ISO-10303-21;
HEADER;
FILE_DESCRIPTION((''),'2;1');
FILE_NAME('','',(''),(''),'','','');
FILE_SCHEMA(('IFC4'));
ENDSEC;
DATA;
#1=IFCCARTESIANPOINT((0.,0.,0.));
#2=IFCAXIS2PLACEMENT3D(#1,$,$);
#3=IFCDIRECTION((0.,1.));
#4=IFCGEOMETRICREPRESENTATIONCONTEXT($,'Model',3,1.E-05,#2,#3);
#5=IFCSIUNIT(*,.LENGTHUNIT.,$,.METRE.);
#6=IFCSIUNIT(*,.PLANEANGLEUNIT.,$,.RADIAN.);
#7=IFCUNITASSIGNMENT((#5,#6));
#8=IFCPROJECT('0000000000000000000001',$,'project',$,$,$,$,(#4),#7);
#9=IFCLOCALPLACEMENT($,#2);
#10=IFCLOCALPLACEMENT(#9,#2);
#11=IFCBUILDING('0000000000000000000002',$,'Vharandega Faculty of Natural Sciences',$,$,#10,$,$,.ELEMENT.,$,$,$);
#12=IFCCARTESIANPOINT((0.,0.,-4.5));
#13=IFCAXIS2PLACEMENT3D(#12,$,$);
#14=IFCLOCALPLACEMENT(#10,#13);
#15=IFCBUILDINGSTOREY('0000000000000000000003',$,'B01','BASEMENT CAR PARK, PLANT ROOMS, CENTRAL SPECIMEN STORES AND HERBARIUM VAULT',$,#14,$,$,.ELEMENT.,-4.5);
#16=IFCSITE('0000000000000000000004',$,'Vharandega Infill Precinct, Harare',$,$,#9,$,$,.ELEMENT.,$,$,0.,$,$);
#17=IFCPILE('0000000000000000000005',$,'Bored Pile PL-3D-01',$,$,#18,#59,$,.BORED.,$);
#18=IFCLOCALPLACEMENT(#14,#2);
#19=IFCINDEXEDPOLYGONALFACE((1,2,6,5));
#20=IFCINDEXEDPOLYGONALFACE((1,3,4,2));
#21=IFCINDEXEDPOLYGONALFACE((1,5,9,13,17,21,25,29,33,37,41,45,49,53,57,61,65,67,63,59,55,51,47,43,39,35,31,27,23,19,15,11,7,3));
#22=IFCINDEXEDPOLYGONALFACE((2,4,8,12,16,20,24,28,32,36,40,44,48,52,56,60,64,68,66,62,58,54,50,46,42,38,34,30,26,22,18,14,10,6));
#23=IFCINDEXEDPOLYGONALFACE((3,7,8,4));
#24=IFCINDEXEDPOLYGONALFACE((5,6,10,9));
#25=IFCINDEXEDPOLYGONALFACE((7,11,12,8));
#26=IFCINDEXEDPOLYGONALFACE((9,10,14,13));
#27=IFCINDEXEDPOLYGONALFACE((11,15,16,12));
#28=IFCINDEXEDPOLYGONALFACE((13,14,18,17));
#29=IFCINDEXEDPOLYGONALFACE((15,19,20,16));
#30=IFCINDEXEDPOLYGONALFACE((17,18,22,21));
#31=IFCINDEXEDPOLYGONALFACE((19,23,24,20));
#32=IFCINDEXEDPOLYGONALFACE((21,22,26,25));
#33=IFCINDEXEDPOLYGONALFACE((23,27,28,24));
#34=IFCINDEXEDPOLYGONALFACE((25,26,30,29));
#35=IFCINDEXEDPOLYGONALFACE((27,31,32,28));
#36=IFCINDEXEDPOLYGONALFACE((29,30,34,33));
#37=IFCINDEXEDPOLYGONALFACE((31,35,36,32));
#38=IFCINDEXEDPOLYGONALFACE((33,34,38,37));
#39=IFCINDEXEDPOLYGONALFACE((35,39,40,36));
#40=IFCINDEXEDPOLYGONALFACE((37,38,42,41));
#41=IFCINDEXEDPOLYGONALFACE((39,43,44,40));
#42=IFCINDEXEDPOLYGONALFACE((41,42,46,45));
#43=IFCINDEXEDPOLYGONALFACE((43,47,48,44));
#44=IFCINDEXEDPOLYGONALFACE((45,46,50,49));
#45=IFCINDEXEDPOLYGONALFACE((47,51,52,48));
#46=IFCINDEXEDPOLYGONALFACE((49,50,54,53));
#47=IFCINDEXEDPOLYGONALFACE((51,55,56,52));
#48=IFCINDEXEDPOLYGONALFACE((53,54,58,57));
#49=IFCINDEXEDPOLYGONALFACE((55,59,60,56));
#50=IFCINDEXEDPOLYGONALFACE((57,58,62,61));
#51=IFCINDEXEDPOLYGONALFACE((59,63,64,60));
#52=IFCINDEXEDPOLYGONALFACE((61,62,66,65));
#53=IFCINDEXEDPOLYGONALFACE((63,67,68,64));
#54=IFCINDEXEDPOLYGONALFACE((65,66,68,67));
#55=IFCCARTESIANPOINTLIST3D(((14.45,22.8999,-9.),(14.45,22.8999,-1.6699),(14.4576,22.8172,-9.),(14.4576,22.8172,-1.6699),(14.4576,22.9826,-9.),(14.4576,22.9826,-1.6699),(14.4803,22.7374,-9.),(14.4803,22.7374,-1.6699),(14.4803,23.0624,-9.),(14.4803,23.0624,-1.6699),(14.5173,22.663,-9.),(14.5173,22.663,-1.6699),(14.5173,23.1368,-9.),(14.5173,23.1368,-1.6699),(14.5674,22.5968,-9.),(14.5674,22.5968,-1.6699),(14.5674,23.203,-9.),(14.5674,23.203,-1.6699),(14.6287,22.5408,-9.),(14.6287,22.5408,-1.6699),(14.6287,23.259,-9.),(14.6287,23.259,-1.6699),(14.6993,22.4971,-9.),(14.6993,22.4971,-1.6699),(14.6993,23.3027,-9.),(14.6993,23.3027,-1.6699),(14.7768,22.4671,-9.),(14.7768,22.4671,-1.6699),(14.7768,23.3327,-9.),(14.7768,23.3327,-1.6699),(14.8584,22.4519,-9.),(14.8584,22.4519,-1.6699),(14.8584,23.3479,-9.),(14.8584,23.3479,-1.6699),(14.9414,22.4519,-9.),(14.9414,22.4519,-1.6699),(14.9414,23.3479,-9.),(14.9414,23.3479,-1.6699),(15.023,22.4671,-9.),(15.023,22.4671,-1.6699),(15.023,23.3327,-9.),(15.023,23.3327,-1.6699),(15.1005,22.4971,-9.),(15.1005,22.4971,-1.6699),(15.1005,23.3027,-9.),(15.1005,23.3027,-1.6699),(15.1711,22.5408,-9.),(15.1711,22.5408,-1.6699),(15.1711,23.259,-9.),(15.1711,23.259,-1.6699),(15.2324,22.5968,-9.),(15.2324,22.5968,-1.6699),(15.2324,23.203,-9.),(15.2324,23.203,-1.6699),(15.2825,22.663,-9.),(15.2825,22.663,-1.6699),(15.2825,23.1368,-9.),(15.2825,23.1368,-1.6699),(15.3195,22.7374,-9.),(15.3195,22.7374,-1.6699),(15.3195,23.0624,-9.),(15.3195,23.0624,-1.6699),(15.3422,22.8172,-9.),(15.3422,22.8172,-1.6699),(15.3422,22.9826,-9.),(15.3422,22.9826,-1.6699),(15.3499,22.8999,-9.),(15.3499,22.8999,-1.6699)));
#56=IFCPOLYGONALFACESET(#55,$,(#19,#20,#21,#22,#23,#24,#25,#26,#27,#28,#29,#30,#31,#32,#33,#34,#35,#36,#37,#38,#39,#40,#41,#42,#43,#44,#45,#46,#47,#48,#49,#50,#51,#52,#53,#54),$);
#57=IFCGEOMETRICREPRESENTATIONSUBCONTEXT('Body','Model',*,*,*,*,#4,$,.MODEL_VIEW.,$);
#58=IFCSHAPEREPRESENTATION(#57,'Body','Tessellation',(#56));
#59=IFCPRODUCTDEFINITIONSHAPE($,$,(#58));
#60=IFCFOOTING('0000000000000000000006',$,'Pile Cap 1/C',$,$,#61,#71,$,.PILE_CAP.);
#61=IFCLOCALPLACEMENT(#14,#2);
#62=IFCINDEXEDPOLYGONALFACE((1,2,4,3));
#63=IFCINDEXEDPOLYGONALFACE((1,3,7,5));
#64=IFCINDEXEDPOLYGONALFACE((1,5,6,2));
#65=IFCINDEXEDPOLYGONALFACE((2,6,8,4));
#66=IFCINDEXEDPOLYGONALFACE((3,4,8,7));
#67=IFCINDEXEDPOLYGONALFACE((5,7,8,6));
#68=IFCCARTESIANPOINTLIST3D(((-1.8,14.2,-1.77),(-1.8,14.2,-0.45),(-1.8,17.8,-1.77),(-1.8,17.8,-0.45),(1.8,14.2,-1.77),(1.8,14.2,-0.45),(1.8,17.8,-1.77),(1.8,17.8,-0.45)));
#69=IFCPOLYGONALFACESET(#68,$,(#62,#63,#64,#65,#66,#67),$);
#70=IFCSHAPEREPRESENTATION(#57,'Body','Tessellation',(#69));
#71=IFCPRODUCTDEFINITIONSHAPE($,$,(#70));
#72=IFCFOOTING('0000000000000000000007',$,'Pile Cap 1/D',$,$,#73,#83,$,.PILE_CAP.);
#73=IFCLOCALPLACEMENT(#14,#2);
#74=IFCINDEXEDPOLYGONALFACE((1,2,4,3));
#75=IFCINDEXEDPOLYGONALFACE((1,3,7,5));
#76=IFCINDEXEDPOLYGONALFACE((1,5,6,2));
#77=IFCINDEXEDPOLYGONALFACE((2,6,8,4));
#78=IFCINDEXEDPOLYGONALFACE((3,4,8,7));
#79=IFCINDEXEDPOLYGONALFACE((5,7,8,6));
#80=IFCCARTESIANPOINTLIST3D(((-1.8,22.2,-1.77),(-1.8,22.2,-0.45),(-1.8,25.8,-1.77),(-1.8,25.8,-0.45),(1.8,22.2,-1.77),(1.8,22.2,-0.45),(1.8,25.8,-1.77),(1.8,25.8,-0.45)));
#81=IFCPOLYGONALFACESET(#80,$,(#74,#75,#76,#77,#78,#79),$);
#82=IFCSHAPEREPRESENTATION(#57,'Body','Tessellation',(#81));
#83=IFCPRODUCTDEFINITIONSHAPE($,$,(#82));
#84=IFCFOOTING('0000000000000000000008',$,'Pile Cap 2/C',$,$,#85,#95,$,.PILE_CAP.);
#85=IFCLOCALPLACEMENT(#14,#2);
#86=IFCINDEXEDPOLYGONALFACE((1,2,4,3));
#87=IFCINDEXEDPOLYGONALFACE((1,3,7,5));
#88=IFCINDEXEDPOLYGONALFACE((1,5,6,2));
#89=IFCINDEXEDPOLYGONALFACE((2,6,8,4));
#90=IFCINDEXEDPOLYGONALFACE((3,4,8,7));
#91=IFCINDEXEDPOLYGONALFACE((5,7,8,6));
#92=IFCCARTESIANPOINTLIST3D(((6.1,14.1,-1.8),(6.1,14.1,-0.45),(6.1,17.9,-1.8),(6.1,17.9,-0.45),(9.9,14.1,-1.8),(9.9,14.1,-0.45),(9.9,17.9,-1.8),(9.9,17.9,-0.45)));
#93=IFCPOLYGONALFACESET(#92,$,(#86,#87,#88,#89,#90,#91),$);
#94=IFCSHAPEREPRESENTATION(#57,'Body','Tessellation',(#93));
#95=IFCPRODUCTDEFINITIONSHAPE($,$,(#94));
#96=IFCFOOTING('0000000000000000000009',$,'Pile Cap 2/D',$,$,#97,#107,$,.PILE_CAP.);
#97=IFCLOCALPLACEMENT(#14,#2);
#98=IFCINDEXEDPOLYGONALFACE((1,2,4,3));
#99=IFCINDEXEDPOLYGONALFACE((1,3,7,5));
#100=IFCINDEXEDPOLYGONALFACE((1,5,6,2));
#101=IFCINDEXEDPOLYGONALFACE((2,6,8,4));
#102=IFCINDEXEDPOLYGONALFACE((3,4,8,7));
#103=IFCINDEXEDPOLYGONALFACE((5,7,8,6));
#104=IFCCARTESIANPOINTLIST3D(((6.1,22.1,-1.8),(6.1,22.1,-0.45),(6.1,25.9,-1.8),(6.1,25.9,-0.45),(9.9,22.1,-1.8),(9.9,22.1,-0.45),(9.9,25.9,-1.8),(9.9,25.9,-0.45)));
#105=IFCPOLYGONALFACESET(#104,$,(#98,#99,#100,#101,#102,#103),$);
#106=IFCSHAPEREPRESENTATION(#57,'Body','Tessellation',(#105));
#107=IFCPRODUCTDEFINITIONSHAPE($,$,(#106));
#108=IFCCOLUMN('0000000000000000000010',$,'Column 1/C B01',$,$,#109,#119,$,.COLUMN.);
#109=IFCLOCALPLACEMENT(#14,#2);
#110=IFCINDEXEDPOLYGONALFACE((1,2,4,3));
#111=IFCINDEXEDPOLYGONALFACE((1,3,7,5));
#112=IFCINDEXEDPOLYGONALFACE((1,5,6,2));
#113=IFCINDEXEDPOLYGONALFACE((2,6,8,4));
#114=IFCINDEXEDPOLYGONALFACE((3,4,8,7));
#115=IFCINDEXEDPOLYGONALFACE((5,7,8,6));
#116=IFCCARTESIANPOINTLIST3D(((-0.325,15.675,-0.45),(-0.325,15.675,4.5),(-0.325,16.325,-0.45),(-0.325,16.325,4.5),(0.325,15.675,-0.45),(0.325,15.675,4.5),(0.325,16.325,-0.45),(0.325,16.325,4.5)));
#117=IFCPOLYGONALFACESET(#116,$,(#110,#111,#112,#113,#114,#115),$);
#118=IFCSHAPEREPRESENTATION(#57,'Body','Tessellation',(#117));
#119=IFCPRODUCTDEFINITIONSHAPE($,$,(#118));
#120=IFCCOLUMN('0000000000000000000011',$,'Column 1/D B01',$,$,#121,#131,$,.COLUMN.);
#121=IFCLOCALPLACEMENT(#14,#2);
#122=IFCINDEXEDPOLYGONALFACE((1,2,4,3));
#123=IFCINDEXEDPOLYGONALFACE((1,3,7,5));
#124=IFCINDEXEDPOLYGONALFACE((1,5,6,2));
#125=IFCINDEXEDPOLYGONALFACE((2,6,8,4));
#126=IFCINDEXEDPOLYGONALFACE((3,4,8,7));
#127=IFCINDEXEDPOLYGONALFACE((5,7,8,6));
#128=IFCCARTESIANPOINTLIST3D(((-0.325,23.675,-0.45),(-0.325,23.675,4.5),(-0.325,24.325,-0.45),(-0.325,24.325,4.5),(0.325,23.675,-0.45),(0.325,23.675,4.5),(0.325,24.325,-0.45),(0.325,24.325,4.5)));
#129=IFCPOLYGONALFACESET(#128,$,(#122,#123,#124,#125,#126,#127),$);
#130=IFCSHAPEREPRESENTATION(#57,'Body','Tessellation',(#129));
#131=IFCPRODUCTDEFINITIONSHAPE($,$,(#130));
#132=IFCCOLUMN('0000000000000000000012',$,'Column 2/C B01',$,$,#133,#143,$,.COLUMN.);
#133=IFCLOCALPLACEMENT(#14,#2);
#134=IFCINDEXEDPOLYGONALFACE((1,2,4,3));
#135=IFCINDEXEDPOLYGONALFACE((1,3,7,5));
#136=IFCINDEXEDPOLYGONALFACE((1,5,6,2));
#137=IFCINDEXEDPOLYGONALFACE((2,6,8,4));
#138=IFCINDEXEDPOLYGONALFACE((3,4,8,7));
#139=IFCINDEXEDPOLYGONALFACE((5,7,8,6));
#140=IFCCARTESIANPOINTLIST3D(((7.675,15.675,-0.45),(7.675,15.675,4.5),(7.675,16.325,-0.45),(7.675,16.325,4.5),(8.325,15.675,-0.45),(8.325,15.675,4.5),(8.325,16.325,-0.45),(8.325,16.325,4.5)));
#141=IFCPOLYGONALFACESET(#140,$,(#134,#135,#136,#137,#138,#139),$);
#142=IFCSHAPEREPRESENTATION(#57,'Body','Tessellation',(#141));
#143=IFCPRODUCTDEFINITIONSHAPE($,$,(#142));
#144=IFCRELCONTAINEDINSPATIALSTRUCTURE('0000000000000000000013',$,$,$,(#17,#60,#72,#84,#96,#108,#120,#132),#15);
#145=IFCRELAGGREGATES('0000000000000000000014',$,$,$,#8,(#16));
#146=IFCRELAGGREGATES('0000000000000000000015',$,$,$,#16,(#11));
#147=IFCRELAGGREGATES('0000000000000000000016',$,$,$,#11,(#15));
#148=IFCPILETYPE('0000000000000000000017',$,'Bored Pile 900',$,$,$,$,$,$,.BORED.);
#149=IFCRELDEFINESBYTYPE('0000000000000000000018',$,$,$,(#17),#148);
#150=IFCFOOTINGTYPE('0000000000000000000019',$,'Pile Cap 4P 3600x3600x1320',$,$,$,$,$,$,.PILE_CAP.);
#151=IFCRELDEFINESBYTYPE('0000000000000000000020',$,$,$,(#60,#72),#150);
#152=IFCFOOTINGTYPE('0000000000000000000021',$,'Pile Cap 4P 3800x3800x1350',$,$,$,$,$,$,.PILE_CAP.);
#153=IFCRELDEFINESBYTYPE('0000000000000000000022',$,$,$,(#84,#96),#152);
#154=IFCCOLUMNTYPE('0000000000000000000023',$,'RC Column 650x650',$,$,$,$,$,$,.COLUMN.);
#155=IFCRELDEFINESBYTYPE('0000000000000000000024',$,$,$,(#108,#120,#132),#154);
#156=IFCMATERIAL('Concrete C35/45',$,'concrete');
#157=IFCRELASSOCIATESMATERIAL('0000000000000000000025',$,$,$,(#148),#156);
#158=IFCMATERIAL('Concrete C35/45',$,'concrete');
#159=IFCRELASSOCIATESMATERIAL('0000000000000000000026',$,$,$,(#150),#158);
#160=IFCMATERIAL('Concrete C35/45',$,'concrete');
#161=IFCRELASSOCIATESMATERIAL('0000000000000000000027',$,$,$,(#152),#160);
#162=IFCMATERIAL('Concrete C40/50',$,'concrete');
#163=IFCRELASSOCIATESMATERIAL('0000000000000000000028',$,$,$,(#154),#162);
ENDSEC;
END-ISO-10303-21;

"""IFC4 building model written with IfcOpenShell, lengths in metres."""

from ifc_helpers import new_model, si_unit, direction, frame, origin, origin_2d, place, context, subcontext, project, spatial, rectangle, circle, extrude, material, material_profile, profile_set, type_object, element, save


model = new_model("IFC4")

# Units and contexts
model_context = context("Model", 3, precision=1e-05, world=origin(), true_north=direction((0.0, 1.0)))
body_context = subcontext(model_context, "Body", "Model", "MODEL_VIEW")
ifc_project = project(units=[si_unit("LENGTHUNIT", "METRE"), si_unit("PLANEANGLEUNIT", "RADIAN")], contexts=[model_context])

# Site, building, storey
site_placement = place(None, origin())
site = spatial("IfcSite", under=ifc_project, at=site_placement, Name="Vharandega Infill Precinct, Harare", CompositionType="ELEMENT", RefElevation=0.0)
building_placement = place(site_placement, origin())
building = spatial("IfcBuilding", under=site, at=building_placement, Name="Vharandega Faculty of Natural Sciences", CompositionType="ELEMENT")
storey_placement = place(building_placement, frame((0.0, 0.0, -4.5)))
storey = spatial("IfcBuildingStorey", under=building, at=storey_placement, Name="B01", Description="BASEMENT CAR PARK, PLANT ROOMS, CENTRAL SPECIMEN STORES AND HERBARIUM VAULT", CompositionType="ELEMENT", Elevation=-4.5)

# Pile
ifc_material_1 = material(Name="Concrete C35/45", Category="concrete")
ifc_material_profile_1 = material_profile(ifc_material_1, circle(Radius=0.45, at=origin_2d()), Name="PILE 900")
ifc_profile_set_1 = profile_set([ifc_material_profile_1], Name="Concrete C35/45")
pile_type = type_object("IfcPileType", Name="Bored Pile 900", PredefinedType="BORED", material=ifc_profile_set_1)
for number, where, z_axis, x_axis, name in (
    (1, (14.8999, 22.8999, -1.6699), (0.0, 0.0, -1.0), (1.0, 0.0, 0.0), "Bored Pile PL-3D-01"),
):
    element("IfcPile", number, at=place(storey_placement, frame(where, z_axis=z_axis, x_axis=x_axis)), inside=storey, type_object=pile_type, Name=name, PredefinedType="BORED", context=body_context, shape_type="SweptSolid", body=[
        extrude(circle(Radius=0.45, at=origin_2d()), origin(), (0.0, 0.0, 1.0), 7.3301),
    ])

# Footings
ifc_material_2 = material(Name="Concrete C35/45", Category="concrete")
footing_type_1 = type_object("IfcFootingType", Name="Pile Cap 4P 3600x3600x1320", PredefinedType="PILE_CAP", material=ifc_material_2)
for number, where, z_axis, x_axis, name in (
    (2, (0.0, 16.0, -1.77), (0.0, 0.0, 1.0), (1.0, 0.0, 0.0), "Pile Cap 1/C"),
    (3, (0.0, 24.0, -1.77), (0.0, 0.0, 1.0), (1.0, 0.0, 0.0), "Pile Cap 1/D"),
):
    element("IfcFooting", number, at=place(storey_placement, frame(where, z_axis=z_axis, x_axis=x_axis)), inside=storey, type_object=footing_type_1, Name=name, PredefinedType="PILE_CAP", context=body_context, shape_type="SweptSolid", body=[
        extrude(rectangle(XDim=3.6001, YDim=3.6001, at=origin_2d()), origin(), (0.0, 0.0, 1.0), 1.3201),
    ])
ifc_material_3 = material(Name="Concrete C35/45", Category="concrete")
footing_type_2 = type_object("IfcFootingType", Name="Pile Cap 4P 3800x3800x1350", PredefinedType="PILE_CAP", material=ifc_material_3)
for number, where, z_axis, x_axis, name in (
    (4, (8.0, 16.0, -1.8), (0.0, 0.0, 1.0), (1.0, 0.0, 0.0), "Pile Cap 2/C"),
    (5, (8.0, 24.0, -1.8), (0.0, 0.0, 1.0), (1.0, 0.0, 0.0), "Pile Cap 2/D"),
):
    element("IfcFooting", number, at=place(storey_placement, frame(where, z_axis=z_axis, x_axis=x_axis)), inside=storey, type_object=footing_type_2, Name=name, PredefinedType="PILE_CAP", context=body_context, shape_type="SweptSolid", body=[
        extrude(rectangle(XDim=3.8, YDim=3.8, at=origin_2d()), origin(), (0.0, 0.0, 1.0), 1.3501),
    ])

# Columns
ifc_material_4 = material(Name="Concrete C40/50", Category="concrete")
ifc_material_profile_2 = material_profile(ifc_material_4, rectangle(XDim=0.6499, YDim=0.6499, at=origin_2d()), Name="RC 650x650")
ifc_profile_set_2 = profile_set([ifc_material_profile_2], Name="Concrete C40/50")
column_type = type_object("IfcColumnType", Name="RC Column 650x650", PredefinedType="COLUMN", material=ifc_profile_set_2)
for number, where, z_axis, x_axis, name in (
    (6, (0.0, 16.0, -0.45), (0.0, 0.0, 1.0), (1.0, 0.0, 0.0), "Column 1/C B01"),
    (7, (0.0, 24.0, -0.45), (0.0, 0.0, 1.0), (1.0, 0.0, 0.0), "Column 1/D B01"),
    (8, (8.0, 16.0, -0.45), (0.0, 0.0, 1.0), (1.0, 0.0, 0.0), "Column 2/C B01"),
):
    element("IfcColumn", number, at=place(storey_placement, frame(where, z_axis=z_axis, x_axis=x_axis)), inside=storey, type_object=column_type, Name=name, PredefinedType="COLUMN", context=body_context, shape_type="SweptSolid", body=[
        extrude(rectangle(XDim=0.6499, YDim=0.6499, at=origin_2d()), origin(), (0.0, 0.0, 1.0), 4.95),
    ])

save(model, "model.ifc")
